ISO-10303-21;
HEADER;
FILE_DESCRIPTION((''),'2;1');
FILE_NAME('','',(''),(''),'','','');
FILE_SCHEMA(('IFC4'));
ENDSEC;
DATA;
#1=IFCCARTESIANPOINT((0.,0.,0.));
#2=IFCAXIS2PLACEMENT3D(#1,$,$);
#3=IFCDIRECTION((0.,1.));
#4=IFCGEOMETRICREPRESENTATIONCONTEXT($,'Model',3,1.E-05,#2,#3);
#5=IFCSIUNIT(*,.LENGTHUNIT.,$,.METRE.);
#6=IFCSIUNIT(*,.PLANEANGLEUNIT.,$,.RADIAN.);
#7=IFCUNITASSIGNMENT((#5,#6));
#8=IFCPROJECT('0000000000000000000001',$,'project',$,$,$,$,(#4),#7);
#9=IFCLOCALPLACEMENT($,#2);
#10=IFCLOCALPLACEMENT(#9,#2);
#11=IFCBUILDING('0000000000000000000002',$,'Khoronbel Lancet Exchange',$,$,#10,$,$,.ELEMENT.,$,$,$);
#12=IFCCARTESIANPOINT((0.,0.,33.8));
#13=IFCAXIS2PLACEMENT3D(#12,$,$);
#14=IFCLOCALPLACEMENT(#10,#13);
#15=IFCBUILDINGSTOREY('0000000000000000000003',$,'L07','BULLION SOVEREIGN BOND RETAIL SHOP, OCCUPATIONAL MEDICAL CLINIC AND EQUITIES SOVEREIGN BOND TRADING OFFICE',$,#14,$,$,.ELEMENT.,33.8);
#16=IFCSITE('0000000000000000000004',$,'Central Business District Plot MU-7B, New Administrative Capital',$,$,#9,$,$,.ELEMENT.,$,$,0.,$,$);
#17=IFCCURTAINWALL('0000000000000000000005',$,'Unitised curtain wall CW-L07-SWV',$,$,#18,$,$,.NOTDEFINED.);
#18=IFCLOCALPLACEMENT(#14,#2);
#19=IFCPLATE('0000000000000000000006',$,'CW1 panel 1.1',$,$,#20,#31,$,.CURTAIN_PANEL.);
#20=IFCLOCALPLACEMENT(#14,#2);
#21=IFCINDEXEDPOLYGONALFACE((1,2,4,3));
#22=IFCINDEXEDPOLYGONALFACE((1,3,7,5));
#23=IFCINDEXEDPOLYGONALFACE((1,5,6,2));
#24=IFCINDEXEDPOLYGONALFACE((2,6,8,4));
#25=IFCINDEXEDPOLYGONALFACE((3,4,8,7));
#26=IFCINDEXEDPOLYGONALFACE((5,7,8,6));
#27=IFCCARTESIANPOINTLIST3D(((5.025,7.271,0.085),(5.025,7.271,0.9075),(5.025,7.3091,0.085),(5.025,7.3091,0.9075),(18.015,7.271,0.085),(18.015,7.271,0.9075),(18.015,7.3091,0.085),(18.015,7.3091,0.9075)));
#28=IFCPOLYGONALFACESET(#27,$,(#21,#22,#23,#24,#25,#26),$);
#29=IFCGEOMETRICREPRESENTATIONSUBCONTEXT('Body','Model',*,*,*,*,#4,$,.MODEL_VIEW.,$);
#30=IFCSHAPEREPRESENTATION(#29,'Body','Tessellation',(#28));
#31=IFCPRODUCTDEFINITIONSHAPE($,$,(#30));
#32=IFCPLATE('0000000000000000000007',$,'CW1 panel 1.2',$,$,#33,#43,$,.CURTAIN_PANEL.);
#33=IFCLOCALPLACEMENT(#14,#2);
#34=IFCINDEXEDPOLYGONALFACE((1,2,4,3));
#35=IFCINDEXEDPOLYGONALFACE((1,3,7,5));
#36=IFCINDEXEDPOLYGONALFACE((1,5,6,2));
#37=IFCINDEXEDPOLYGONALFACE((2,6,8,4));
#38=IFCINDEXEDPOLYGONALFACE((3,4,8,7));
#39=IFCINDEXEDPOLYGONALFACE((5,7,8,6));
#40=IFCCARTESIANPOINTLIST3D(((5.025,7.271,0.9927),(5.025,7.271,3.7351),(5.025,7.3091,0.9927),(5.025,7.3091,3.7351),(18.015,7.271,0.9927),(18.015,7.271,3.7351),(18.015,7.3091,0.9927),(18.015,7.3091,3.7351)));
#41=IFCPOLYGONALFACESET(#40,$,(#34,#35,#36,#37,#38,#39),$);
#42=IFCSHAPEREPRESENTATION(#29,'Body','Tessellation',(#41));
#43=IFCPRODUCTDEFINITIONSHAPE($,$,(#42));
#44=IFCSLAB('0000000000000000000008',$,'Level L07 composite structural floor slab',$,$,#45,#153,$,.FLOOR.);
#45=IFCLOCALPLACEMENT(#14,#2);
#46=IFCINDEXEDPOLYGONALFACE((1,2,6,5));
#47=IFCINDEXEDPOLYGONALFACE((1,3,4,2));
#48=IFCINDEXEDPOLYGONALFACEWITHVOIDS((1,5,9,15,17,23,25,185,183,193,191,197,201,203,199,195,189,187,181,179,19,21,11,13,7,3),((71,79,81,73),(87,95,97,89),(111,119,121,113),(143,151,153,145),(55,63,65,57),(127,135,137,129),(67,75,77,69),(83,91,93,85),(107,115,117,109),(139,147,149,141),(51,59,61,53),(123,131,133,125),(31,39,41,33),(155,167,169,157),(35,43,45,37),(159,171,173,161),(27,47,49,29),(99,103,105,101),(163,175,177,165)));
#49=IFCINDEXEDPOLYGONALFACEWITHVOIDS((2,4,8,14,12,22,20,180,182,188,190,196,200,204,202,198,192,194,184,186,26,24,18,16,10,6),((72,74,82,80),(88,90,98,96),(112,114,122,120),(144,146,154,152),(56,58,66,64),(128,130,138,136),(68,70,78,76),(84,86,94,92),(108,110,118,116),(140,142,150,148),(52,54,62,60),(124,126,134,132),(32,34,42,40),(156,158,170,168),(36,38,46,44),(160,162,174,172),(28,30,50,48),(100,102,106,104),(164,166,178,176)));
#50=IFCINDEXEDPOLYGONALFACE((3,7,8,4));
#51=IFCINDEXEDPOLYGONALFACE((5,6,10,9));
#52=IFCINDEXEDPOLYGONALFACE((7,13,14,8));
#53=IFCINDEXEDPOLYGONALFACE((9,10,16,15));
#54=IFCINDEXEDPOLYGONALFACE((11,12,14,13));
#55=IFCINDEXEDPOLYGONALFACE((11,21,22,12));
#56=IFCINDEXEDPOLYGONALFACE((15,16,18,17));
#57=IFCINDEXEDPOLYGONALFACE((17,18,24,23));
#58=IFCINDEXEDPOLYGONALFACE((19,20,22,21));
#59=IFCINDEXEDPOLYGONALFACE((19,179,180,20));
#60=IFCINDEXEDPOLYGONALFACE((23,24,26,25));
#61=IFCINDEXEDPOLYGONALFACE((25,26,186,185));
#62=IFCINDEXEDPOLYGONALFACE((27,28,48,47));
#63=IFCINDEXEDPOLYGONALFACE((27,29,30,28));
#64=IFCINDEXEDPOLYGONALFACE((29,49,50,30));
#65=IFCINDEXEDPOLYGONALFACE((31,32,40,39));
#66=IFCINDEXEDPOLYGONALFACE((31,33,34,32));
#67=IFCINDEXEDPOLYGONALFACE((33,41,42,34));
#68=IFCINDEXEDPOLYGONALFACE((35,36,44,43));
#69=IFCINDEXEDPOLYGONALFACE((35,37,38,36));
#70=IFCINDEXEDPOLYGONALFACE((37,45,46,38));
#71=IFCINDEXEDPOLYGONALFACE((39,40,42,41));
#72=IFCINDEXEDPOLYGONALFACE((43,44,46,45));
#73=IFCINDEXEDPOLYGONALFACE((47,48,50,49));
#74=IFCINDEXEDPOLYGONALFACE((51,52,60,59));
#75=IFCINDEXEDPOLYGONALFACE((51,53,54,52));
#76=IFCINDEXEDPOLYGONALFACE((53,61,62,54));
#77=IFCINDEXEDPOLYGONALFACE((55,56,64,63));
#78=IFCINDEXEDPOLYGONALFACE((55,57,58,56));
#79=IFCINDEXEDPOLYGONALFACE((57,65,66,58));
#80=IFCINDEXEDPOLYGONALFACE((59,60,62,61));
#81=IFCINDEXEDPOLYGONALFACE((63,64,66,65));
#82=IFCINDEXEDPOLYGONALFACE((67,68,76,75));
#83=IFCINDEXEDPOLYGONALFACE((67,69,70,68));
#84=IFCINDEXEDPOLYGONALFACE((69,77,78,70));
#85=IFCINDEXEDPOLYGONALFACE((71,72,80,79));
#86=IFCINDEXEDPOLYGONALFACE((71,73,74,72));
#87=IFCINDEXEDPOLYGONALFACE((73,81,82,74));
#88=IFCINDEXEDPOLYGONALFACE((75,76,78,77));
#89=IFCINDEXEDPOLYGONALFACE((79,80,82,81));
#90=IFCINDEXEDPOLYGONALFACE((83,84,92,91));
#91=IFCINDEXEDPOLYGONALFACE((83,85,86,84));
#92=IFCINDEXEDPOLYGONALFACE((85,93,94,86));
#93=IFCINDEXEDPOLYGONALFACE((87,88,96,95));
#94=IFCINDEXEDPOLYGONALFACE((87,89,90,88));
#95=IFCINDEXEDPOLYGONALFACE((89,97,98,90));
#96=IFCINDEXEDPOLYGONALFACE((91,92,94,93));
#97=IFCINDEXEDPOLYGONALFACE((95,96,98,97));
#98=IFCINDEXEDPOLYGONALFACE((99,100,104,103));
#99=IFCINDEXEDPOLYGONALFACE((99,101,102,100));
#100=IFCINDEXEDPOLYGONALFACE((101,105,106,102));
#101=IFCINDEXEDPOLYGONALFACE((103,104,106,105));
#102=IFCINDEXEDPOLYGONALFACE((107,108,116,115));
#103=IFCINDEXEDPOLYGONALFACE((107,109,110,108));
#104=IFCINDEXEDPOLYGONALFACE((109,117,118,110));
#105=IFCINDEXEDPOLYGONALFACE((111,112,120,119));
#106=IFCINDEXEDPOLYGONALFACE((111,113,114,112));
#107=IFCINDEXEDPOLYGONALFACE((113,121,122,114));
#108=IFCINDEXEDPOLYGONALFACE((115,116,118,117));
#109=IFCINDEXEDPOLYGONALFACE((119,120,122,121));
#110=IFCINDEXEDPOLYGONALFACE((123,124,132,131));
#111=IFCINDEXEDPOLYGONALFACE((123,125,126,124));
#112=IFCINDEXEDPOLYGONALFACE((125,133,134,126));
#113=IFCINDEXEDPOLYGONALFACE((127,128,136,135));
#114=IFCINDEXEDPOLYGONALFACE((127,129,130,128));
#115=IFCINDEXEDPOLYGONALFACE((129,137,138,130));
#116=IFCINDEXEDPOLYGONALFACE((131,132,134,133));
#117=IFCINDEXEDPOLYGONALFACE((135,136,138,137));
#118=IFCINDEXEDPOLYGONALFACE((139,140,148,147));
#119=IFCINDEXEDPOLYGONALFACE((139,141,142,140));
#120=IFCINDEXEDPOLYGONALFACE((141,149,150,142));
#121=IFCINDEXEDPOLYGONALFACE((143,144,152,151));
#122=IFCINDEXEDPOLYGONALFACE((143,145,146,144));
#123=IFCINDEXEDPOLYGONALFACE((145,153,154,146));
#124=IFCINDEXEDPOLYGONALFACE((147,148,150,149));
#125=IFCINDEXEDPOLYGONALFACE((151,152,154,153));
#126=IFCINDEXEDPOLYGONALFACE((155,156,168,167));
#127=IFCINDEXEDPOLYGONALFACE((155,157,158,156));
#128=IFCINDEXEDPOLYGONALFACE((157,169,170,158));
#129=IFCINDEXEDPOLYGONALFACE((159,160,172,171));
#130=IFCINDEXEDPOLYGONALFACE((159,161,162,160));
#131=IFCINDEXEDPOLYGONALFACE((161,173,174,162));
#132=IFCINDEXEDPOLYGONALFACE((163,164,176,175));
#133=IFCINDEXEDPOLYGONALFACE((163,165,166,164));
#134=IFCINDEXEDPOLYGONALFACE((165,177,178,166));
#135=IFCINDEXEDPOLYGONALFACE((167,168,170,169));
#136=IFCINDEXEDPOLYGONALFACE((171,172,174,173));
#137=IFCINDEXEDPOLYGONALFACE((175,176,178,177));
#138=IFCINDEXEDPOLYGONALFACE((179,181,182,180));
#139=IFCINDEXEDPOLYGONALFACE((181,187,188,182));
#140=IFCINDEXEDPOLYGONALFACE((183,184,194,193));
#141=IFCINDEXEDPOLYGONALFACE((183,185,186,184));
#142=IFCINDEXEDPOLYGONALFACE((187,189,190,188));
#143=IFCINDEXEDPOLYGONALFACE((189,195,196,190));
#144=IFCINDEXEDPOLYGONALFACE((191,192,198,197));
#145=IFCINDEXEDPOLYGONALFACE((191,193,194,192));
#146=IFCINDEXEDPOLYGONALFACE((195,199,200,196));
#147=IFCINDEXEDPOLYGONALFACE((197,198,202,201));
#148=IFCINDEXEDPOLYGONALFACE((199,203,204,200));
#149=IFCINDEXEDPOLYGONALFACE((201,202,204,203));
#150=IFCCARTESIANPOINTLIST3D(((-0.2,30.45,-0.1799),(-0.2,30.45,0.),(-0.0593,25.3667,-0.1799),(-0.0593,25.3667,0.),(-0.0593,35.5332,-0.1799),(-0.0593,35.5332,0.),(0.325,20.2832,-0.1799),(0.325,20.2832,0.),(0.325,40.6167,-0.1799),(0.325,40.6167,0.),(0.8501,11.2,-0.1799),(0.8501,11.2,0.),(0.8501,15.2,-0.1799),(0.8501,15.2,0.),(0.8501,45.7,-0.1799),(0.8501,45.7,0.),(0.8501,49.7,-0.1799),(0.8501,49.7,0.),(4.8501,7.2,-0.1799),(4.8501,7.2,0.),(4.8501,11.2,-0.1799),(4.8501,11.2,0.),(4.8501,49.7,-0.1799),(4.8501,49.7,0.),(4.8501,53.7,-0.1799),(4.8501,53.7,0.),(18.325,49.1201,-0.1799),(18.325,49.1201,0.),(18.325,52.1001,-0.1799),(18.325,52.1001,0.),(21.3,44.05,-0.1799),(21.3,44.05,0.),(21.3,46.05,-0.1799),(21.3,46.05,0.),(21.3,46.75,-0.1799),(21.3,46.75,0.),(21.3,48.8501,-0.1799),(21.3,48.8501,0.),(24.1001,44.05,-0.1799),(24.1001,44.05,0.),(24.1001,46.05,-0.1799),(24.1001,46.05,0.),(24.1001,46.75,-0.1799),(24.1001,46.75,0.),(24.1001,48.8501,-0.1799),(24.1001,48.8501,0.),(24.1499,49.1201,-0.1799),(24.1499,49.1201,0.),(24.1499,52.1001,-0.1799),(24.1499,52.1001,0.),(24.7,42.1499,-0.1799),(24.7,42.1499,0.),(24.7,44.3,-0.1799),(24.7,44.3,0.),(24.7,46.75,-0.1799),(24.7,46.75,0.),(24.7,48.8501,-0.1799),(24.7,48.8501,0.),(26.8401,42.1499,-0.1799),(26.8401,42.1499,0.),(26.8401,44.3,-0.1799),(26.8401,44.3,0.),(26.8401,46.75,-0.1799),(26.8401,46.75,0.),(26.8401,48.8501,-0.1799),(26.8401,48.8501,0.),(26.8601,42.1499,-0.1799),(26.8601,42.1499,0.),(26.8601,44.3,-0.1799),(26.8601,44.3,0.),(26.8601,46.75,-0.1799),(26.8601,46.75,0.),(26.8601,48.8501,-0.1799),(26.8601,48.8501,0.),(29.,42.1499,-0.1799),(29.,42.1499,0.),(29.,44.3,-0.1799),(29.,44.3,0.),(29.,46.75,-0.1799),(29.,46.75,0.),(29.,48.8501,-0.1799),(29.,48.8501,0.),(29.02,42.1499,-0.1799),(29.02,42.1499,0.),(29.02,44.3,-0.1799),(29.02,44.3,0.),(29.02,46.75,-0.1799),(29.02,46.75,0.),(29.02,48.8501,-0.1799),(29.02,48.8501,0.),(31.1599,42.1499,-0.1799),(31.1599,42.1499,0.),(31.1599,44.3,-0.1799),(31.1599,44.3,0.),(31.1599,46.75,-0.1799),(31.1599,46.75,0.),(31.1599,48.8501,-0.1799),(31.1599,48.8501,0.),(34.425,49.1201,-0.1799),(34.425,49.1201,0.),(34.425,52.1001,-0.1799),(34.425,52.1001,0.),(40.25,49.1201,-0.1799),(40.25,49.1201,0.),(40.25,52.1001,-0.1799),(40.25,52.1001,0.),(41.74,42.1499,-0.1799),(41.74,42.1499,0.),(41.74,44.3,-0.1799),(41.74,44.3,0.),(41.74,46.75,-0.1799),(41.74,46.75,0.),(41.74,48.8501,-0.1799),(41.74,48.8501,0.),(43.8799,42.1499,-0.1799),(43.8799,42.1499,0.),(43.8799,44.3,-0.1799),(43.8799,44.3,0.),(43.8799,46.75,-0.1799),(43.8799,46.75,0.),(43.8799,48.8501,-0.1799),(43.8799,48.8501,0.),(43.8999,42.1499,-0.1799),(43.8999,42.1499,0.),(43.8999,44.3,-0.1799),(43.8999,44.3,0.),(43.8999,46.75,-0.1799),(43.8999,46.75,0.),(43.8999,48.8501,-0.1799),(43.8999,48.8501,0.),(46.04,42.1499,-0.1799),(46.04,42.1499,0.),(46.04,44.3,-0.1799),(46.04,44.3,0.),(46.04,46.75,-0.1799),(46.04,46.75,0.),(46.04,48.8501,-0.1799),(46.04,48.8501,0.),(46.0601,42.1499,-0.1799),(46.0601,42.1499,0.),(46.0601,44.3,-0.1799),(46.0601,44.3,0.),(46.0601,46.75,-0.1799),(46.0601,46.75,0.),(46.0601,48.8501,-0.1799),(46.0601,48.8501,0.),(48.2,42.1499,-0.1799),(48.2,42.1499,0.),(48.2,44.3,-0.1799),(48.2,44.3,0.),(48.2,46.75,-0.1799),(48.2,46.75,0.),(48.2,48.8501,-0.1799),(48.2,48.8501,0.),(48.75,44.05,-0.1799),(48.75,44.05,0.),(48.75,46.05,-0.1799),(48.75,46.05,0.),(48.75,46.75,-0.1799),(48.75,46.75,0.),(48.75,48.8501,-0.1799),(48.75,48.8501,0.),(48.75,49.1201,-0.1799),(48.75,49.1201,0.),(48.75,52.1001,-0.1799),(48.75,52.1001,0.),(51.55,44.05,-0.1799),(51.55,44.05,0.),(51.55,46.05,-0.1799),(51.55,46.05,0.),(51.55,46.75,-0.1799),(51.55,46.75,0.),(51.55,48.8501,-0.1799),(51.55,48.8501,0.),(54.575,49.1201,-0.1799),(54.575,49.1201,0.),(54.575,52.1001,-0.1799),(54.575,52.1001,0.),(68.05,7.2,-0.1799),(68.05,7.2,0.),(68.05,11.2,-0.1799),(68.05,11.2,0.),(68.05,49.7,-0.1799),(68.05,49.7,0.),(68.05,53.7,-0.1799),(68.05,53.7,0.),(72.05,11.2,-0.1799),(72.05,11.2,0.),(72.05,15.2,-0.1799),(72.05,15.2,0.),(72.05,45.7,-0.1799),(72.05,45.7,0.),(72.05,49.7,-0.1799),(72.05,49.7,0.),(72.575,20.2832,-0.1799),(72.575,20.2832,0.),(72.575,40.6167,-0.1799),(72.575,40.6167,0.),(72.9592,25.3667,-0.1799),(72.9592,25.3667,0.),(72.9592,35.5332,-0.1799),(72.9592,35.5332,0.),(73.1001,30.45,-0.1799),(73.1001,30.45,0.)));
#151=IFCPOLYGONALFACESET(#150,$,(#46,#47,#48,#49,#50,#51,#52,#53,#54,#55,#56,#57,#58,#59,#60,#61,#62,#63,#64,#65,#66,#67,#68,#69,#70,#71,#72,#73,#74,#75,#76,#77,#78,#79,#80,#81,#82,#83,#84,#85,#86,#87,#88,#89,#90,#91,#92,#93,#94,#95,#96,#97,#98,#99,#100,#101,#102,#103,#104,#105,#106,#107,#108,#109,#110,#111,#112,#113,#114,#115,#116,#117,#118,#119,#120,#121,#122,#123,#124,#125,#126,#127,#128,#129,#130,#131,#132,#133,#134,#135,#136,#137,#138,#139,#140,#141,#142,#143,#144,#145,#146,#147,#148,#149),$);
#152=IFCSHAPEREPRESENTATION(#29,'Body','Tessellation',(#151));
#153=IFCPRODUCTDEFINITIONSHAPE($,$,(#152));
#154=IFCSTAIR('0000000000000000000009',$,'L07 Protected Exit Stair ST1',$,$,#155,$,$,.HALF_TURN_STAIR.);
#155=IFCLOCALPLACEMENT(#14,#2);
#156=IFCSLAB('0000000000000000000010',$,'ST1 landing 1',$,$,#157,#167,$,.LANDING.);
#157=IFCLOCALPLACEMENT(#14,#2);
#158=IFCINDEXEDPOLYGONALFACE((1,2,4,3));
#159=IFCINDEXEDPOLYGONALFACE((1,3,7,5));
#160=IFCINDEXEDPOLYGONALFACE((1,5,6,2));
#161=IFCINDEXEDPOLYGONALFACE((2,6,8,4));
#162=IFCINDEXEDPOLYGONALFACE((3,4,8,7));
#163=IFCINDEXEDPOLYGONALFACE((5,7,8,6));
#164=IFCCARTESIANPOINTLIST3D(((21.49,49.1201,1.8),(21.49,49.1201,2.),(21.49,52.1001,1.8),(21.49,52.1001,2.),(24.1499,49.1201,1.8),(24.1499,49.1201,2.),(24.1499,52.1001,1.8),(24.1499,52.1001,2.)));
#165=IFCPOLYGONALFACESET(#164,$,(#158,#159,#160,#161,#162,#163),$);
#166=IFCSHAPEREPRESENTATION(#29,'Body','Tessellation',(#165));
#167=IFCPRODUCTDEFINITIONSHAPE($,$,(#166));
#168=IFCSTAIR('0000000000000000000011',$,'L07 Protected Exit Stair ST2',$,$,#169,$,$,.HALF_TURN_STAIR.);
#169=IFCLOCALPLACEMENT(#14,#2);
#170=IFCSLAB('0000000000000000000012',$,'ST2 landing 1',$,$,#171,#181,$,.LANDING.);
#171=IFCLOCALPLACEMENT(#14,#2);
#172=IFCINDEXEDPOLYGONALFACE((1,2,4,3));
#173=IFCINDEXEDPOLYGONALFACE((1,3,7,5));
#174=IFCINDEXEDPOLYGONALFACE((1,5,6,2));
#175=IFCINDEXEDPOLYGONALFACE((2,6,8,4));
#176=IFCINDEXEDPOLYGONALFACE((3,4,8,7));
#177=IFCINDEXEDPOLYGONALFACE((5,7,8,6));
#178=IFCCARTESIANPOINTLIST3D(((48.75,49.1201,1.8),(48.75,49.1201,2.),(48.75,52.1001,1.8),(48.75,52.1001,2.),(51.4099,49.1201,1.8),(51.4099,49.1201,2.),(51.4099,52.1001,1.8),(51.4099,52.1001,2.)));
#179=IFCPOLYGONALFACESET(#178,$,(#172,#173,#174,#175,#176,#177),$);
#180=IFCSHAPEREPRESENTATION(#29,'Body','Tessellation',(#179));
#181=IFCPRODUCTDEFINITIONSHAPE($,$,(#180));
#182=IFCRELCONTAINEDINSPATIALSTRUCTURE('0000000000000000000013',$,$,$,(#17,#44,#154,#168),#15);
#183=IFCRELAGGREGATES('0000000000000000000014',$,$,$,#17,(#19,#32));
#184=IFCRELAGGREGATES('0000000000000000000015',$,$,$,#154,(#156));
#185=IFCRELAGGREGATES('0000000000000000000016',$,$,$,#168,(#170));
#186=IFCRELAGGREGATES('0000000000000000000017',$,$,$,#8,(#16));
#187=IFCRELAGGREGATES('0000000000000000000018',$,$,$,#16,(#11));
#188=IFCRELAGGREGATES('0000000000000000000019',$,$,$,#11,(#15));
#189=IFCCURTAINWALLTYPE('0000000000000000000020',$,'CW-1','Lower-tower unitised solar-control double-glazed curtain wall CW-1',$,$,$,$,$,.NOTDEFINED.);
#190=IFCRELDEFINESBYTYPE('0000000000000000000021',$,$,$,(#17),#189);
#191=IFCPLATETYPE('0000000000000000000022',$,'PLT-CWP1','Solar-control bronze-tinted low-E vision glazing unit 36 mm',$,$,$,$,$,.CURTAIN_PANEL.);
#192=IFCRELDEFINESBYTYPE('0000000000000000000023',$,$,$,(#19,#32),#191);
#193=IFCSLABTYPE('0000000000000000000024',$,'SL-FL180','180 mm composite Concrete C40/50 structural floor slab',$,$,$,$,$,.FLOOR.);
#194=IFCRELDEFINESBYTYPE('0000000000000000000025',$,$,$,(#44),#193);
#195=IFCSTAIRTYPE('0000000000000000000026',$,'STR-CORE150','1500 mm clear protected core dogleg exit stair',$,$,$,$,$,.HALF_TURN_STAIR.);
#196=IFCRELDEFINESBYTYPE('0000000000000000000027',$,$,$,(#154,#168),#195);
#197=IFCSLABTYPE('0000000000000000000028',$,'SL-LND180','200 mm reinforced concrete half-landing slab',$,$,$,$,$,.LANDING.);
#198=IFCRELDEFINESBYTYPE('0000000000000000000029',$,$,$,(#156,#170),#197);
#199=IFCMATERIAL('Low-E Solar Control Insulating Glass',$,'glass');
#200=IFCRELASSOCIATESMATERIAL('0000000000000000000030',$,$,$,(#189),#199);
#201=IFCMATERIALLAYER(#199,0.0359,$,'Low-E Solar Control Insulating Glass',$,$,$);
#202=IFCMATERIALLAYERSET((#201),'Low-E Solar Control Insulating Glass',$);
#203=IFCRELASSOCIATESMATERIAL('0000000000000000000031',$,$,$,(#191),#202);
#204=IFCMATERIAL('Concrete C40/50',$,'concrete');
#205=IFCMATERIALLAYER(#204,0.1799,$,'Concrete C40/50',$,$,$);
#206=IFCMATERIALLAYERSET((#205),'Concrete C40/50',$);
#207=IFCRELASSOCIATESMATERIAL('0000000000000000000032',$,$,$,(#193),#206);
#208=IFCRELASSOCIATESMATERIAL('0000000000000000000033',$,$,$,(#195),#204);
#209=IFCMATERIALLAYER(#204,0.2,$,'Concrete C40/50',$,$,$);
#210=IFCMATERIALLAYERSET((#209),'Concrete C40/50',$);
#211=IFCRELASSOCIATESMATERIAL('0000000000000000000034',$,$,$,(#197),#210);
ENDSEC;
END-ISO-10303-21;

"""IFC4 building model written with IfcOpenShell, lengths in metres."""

from ifc_helpers import new_model, si_unit, direction, frame, origin, origin_2d, place, context, subcontext, project, spatial, polyline, rectangle, outline, extrude, material, layer, layer_set, type_object, element, aggregate, save


model = new_model("IFC4")

# Units and contexts
model_context = context("Model", 3, precision=1e-05, world=origin(), true_north=direction((0.0, 1.0)))
body_context = subcontext(model_context, "Body", "Model", "MODEL_VIEW")
ifc_project = project(units=[si_unit("LENGTHUNIT", "METRE"), si_unit("PLANEANGLEUNIT", "RADIAN")], contexts=[model_context])

# Site, building, storey
site_placement = place(None, origin())
site = spatial("IfcSite", under=ifc_project, at=site_placement, Name="Central Business District Plot MU-7B, New Administrative Capital", CompositionType="ELEMENT", RefElevation=0.0)
building_placement = place(site_placement, origin())
building = spatial("IfcBuilding", under=site, at=building_placement, Name="Khoronbel Lancet Exchange", CompositionType="ELEMENT")
storey_placement = place(building_placement, frame((0.0, 0.0, 33.8)))
storey = spatial("IfcBuildingStorey", under=building, at=storey_placement, Name="L07", Description="BULLION SOVEREIGN BOND RETAIL SHOP, OCCUPATIONAL MEDICAL CLINIC AND EQUITIES SOVEREIGN BOND TRADING OFFICE", CompositionType="ELEMENT", Elevation=33.8)

# Curtain wall
ifc_material_1 = material(Name="Low-E Solar Control Insulating Glass", Category="glass")
curtain_wall_type = type_object("IfcCurtainWallType", Name="CW-1", Description="Lower-tower unitised solar-control double-glazed curtain wall CW-1", PredefinedType="NOTDEFINED", material=ifc_material_1)
curtain_wall_1_placement = place(storey_placement, origin())
curtain_wall_1 = element("IfcCurtainWall", 1, at=curtain_wall_1_placement, inside=storey, type_object=curtain_wall_type, Name="Unitised curtain wall CW-L07-SWV", PredefinedType="NOTDEFINED")

# Plates
ifc_layer_1 = layer(ifc_material_1, 0.0359, Name="Low-E Solar Control Insulating Glass")
ifc_layer_set_1 = layer_set([ifc_layer_1], Name="Low-E Solar Control Insulating Glass")
plate_type = type_object("IfcPlateType", Name="PLT-CWP1", Description="Solar-control bronze-tinted low-E vision glazing unit 36 mm", PredefinedType="CURTAIN_PANEL", material=ifc_layer_set_1)
plate_1_placement = place(storey_placement, frame((11.52, 7.29, 0.085), z_axis=(0.0, 0.0, 1.0), x_axis=(1.0, 0.0, 0.0)))
plate_1 = element("IfcPlate", 2, at=plate_1_placement, type_object=plate_type, Name="CW1 panel 1.1", PredefinedType="CURTAIN_PANEL", context=body_context, shape_type="SweptSolid", body=[
    extrude(rectangle(XDim=12.99, YDim=0.0381, at=origin_2d()), origin(), (0.0, 0.0, 1.0), 0.8225),
])
plate_2_placement = place(storey_placement, frame((11.52, 7.29, 0.9927), z_axis=(0.0, 0.0, 1.0), x_axis=(1.0, 0.0, 0.0)))
plate_2 = element("IfcPlate", 3, at=plate_2_placement, type_object=plate_type, Name="CW1 panel 1.2", PredefinedType="CURTAIN_PANEL", context=body_context, shape_type="SweptSolid", body=[
    extrude(rectangle(XDim=12.99, YDim=0.0381, at=origin_2d()), origin(), (0.0, 0.0, 1.0), 2.7424),
])
aggregate(curtain_wall_1, [plate_1, plate_2])

# Slab
ifc_material_2 = material(Name="Concrete C40/50", Category="concrete")
ifc_layer_2 = layer(ifc_material_2, 0.1799, Name="Concrete C40/50")
ifc_layer_set_2 = layer_set([ifc_layer_2], Name="Concrete C40/50")
slab_type_1 = type_object("IfcSlabType", Name="SL-FL180", Description="180 mm composite Concrete C40/50 structural floor slab", PredefinedType="FLOOR", material=ifc_layer_set_2)
slab_1_placement = place(storey_placement, frame((0.0, 0.0, -0.1799)))
element("IfcSlab", 4, at=slab_1_placement, inside=storey, type_object=slab_type_1, Name="Level L07 composite structural floor slab", PredefinedType="FLOOR", context=body_context, shape_type="SweptSolid", body=[
    extrude(outline(polyline([(4.8501, 7.2), (68.05, 7.2), (68.05, 11.2), (72.05, 11.2), (72.05, 15.2), (72.575, 20.2832), (72.9592, 25.3667), (73.1001, 30.45), (72.9592, 35.5332), (72.575, 40.6167), (72.05, 45.7), (72.05, 49.7), (68.05, 49.7), (68.05, 53.7), (4.8501, 53.7), (4.8501, 49.7), (0.8501, 49.7), (0.8501, 45.7), (0.325, 40.6167), (-0.0593, 35.5332), (-0.2, 30.45), (-0.0593, 25.3667), (0.325, 20.2832), (0.8501, 15.2), (0.8501, 11.2), (4.8501, 11.2), (4.8501, 7.2)]), holes=[polyline([(18.325, 49.1201), (24.1499, 49.1201), (24.1499, 52.1001), (18.325, 52.1001), (18.325, 49.1201)]), polyline([(48.75, 49.1201), (54.575, 49.1201), (54.575, 52.1001), (48.75, 52.1001), (48.75, 49.1201)]), polyline([(34.425, 49.1201), (40.25, 49.1201), (40.25, 52.1001), (34.425, 52.1001), (34.425, 49.1201)]), polyline([(24.7, 46.75), (26.8401, 46.75), (26.8401, 48.8501), (24.7, 48.8501), (24.7, 46.75)]), polyline([(26.8601, 46.75), (29.0, 46.75), (29.0, 48.8501), (26.8601, 48.8501), (26.8601, 46.75)]), polyline([(29.02, 46.75), (31.1599, 46.75), (31.1599, 48.8501), (29.02, 48.8501), (29.02, 46.75)]), polyline([(24.7, 42.1499), (26.8401, 42.1499), (26.8401, 44.3), (24.7, 44.3), (24.7, 42.1499)]), polyline([(26.8601, 42.1499), (29.0, 42.1499), (29.0, 44.3), (26.8601, 44.3), (26.8601, 42.1499)]), polyline([(29.02, 42.1499), (31.1599, 42.1499), (31.1599, 44.3), (29.02, 44.3), (29.02, 42.1499)]), polyline([(41.74, 46.75), (43.8799, 46.75), (43.8799, 48.8501), (41.74, 48.8501), (41.74, 46.75)]), polyline([(43.8999, 46.75), (46.04, 46.75), (46.04, 48.8501), (43.8999, 48.8501), (43.8999, 46.75)]), polyline([(46.0601, 46.75), (48.2, 46.75), (48.2, 48.8501), (46.0601, 48.8501), (46.0601, 46.75)]), polyline([(41.74, 42.1499), (43.8799, 42.1499), (43.8799, 44.3), (41.74, 44.3), (41.74, 42.1499)]), polyline([(43.8999, 42.1499), (46.04, 42.1499), (46.04, 44.3), (43.8999, 44.3), (43.8999, 42.1499)]), polyline([(46.0601, 42.1499), (48.2, 42.1499), (48.2, 44.3), (46.0601, 44.3), (46.0601, 42.1499)]), polyline([(21.3, 46.75), (24.1001, 46.75), (24.1001, 48.8501), (21.3, 48.8501), (21.3, 46.75)]), polyline([(48.75, 46.75), (51.55, 46.75), (51.55, 48.8501), (48.75, 48.8501), (48.75, 46.75)]), polyline([(21.3, 44.05), (24.1001, 44.05), (24.1001, 46.05), (21.3, 46.05), (21.3, 44.05)]), polyline([(48.75, 44.05), (51.55, 44.05), (51.55, 46.05), (48.75, 46.05), (48.75, 44.05)])]), origin(), (0.0, 0.0, 1.0), 0.1799),
])

# Stairs, slabs
stair_type = type_object("IfcStairType", Name="STR-CORE150", Description="1500 mm clear protected core dogleg exit stair", PredefinedType="HALF_TURN_STAIR", material=ifc_material_2)
stair_1_placement = place(storey_placement, origin())
stair_1 = element("IfcStair", 5, at=stair_1_placement, inside=storey, type_object=stair_type, Name="L07 Protected Exit Stair ST1", PredefinedType="HALF_TURN_STAIR")
ifc_layer_3 = layer(ifc_material_2, 0.2, Name="Concrete C40/50")
ifc_layer_set_3 = layer_set([ifc_layer_3], Name="Concrete C40/50")
slab_type_2 = type_object("IfcSlabType", Name="SL-LND180", Description="200 mm reinforced concrete half-landing slab", PredefinedType="LANDING", material=ifc_layer_set_3)
slab_2_placement = place(storey_placement, frame((0.0, 0.0, 1.8)))
slab_2 = element("IfcSlab", 6, at=slab_2_placement, type_object=slab_type_2, Name="ST1 landing 1", PredefinedType="LANDING", context=body_context, shape_type="SweptSolid", body=[
    extrude(outline(polyline([(21.49, 49.1201), (24.1499, 49.1201), (24.1499, 52.1001), (21.49, 52.1001), (21.49, 49.1201)])), origin(), (0.0, 0.0, 1.0), 0.2),
])
aggregate(stair_1, [slab_2])
stair_2_placement = place(storey_placement, origin())
stair_2 = element("IfcStair", 7, at=stair_2_placement, inside=storey, type_object=stair_type, Name="L07 Protected Exit Stair ST2", PredefinedType="HALF_TURN_STAIR")
slab_3_placement = place(storey_placement, frame((0.0, 0.0, 1.8)))
slab_3 = element("IfcSlab", 8, at=slab_3_placement, type_object=slab_type_2, Name="ST2 landing 1", PredefinedType="LANDING", context=body_context, shape_type="SweptSolid", body=[
    extrude(outline(polyline([(51.4099, 52.1001), (48.75, 52.1001), (48.75, 49.1201), (51.4099, 49.1201), (51.4099, 52.1001)])), origin(), (0.0, 0.0, 1.0), 0.2),
])
aggregate(stair_2, [slab_3])

save(model, "model.ifc")
